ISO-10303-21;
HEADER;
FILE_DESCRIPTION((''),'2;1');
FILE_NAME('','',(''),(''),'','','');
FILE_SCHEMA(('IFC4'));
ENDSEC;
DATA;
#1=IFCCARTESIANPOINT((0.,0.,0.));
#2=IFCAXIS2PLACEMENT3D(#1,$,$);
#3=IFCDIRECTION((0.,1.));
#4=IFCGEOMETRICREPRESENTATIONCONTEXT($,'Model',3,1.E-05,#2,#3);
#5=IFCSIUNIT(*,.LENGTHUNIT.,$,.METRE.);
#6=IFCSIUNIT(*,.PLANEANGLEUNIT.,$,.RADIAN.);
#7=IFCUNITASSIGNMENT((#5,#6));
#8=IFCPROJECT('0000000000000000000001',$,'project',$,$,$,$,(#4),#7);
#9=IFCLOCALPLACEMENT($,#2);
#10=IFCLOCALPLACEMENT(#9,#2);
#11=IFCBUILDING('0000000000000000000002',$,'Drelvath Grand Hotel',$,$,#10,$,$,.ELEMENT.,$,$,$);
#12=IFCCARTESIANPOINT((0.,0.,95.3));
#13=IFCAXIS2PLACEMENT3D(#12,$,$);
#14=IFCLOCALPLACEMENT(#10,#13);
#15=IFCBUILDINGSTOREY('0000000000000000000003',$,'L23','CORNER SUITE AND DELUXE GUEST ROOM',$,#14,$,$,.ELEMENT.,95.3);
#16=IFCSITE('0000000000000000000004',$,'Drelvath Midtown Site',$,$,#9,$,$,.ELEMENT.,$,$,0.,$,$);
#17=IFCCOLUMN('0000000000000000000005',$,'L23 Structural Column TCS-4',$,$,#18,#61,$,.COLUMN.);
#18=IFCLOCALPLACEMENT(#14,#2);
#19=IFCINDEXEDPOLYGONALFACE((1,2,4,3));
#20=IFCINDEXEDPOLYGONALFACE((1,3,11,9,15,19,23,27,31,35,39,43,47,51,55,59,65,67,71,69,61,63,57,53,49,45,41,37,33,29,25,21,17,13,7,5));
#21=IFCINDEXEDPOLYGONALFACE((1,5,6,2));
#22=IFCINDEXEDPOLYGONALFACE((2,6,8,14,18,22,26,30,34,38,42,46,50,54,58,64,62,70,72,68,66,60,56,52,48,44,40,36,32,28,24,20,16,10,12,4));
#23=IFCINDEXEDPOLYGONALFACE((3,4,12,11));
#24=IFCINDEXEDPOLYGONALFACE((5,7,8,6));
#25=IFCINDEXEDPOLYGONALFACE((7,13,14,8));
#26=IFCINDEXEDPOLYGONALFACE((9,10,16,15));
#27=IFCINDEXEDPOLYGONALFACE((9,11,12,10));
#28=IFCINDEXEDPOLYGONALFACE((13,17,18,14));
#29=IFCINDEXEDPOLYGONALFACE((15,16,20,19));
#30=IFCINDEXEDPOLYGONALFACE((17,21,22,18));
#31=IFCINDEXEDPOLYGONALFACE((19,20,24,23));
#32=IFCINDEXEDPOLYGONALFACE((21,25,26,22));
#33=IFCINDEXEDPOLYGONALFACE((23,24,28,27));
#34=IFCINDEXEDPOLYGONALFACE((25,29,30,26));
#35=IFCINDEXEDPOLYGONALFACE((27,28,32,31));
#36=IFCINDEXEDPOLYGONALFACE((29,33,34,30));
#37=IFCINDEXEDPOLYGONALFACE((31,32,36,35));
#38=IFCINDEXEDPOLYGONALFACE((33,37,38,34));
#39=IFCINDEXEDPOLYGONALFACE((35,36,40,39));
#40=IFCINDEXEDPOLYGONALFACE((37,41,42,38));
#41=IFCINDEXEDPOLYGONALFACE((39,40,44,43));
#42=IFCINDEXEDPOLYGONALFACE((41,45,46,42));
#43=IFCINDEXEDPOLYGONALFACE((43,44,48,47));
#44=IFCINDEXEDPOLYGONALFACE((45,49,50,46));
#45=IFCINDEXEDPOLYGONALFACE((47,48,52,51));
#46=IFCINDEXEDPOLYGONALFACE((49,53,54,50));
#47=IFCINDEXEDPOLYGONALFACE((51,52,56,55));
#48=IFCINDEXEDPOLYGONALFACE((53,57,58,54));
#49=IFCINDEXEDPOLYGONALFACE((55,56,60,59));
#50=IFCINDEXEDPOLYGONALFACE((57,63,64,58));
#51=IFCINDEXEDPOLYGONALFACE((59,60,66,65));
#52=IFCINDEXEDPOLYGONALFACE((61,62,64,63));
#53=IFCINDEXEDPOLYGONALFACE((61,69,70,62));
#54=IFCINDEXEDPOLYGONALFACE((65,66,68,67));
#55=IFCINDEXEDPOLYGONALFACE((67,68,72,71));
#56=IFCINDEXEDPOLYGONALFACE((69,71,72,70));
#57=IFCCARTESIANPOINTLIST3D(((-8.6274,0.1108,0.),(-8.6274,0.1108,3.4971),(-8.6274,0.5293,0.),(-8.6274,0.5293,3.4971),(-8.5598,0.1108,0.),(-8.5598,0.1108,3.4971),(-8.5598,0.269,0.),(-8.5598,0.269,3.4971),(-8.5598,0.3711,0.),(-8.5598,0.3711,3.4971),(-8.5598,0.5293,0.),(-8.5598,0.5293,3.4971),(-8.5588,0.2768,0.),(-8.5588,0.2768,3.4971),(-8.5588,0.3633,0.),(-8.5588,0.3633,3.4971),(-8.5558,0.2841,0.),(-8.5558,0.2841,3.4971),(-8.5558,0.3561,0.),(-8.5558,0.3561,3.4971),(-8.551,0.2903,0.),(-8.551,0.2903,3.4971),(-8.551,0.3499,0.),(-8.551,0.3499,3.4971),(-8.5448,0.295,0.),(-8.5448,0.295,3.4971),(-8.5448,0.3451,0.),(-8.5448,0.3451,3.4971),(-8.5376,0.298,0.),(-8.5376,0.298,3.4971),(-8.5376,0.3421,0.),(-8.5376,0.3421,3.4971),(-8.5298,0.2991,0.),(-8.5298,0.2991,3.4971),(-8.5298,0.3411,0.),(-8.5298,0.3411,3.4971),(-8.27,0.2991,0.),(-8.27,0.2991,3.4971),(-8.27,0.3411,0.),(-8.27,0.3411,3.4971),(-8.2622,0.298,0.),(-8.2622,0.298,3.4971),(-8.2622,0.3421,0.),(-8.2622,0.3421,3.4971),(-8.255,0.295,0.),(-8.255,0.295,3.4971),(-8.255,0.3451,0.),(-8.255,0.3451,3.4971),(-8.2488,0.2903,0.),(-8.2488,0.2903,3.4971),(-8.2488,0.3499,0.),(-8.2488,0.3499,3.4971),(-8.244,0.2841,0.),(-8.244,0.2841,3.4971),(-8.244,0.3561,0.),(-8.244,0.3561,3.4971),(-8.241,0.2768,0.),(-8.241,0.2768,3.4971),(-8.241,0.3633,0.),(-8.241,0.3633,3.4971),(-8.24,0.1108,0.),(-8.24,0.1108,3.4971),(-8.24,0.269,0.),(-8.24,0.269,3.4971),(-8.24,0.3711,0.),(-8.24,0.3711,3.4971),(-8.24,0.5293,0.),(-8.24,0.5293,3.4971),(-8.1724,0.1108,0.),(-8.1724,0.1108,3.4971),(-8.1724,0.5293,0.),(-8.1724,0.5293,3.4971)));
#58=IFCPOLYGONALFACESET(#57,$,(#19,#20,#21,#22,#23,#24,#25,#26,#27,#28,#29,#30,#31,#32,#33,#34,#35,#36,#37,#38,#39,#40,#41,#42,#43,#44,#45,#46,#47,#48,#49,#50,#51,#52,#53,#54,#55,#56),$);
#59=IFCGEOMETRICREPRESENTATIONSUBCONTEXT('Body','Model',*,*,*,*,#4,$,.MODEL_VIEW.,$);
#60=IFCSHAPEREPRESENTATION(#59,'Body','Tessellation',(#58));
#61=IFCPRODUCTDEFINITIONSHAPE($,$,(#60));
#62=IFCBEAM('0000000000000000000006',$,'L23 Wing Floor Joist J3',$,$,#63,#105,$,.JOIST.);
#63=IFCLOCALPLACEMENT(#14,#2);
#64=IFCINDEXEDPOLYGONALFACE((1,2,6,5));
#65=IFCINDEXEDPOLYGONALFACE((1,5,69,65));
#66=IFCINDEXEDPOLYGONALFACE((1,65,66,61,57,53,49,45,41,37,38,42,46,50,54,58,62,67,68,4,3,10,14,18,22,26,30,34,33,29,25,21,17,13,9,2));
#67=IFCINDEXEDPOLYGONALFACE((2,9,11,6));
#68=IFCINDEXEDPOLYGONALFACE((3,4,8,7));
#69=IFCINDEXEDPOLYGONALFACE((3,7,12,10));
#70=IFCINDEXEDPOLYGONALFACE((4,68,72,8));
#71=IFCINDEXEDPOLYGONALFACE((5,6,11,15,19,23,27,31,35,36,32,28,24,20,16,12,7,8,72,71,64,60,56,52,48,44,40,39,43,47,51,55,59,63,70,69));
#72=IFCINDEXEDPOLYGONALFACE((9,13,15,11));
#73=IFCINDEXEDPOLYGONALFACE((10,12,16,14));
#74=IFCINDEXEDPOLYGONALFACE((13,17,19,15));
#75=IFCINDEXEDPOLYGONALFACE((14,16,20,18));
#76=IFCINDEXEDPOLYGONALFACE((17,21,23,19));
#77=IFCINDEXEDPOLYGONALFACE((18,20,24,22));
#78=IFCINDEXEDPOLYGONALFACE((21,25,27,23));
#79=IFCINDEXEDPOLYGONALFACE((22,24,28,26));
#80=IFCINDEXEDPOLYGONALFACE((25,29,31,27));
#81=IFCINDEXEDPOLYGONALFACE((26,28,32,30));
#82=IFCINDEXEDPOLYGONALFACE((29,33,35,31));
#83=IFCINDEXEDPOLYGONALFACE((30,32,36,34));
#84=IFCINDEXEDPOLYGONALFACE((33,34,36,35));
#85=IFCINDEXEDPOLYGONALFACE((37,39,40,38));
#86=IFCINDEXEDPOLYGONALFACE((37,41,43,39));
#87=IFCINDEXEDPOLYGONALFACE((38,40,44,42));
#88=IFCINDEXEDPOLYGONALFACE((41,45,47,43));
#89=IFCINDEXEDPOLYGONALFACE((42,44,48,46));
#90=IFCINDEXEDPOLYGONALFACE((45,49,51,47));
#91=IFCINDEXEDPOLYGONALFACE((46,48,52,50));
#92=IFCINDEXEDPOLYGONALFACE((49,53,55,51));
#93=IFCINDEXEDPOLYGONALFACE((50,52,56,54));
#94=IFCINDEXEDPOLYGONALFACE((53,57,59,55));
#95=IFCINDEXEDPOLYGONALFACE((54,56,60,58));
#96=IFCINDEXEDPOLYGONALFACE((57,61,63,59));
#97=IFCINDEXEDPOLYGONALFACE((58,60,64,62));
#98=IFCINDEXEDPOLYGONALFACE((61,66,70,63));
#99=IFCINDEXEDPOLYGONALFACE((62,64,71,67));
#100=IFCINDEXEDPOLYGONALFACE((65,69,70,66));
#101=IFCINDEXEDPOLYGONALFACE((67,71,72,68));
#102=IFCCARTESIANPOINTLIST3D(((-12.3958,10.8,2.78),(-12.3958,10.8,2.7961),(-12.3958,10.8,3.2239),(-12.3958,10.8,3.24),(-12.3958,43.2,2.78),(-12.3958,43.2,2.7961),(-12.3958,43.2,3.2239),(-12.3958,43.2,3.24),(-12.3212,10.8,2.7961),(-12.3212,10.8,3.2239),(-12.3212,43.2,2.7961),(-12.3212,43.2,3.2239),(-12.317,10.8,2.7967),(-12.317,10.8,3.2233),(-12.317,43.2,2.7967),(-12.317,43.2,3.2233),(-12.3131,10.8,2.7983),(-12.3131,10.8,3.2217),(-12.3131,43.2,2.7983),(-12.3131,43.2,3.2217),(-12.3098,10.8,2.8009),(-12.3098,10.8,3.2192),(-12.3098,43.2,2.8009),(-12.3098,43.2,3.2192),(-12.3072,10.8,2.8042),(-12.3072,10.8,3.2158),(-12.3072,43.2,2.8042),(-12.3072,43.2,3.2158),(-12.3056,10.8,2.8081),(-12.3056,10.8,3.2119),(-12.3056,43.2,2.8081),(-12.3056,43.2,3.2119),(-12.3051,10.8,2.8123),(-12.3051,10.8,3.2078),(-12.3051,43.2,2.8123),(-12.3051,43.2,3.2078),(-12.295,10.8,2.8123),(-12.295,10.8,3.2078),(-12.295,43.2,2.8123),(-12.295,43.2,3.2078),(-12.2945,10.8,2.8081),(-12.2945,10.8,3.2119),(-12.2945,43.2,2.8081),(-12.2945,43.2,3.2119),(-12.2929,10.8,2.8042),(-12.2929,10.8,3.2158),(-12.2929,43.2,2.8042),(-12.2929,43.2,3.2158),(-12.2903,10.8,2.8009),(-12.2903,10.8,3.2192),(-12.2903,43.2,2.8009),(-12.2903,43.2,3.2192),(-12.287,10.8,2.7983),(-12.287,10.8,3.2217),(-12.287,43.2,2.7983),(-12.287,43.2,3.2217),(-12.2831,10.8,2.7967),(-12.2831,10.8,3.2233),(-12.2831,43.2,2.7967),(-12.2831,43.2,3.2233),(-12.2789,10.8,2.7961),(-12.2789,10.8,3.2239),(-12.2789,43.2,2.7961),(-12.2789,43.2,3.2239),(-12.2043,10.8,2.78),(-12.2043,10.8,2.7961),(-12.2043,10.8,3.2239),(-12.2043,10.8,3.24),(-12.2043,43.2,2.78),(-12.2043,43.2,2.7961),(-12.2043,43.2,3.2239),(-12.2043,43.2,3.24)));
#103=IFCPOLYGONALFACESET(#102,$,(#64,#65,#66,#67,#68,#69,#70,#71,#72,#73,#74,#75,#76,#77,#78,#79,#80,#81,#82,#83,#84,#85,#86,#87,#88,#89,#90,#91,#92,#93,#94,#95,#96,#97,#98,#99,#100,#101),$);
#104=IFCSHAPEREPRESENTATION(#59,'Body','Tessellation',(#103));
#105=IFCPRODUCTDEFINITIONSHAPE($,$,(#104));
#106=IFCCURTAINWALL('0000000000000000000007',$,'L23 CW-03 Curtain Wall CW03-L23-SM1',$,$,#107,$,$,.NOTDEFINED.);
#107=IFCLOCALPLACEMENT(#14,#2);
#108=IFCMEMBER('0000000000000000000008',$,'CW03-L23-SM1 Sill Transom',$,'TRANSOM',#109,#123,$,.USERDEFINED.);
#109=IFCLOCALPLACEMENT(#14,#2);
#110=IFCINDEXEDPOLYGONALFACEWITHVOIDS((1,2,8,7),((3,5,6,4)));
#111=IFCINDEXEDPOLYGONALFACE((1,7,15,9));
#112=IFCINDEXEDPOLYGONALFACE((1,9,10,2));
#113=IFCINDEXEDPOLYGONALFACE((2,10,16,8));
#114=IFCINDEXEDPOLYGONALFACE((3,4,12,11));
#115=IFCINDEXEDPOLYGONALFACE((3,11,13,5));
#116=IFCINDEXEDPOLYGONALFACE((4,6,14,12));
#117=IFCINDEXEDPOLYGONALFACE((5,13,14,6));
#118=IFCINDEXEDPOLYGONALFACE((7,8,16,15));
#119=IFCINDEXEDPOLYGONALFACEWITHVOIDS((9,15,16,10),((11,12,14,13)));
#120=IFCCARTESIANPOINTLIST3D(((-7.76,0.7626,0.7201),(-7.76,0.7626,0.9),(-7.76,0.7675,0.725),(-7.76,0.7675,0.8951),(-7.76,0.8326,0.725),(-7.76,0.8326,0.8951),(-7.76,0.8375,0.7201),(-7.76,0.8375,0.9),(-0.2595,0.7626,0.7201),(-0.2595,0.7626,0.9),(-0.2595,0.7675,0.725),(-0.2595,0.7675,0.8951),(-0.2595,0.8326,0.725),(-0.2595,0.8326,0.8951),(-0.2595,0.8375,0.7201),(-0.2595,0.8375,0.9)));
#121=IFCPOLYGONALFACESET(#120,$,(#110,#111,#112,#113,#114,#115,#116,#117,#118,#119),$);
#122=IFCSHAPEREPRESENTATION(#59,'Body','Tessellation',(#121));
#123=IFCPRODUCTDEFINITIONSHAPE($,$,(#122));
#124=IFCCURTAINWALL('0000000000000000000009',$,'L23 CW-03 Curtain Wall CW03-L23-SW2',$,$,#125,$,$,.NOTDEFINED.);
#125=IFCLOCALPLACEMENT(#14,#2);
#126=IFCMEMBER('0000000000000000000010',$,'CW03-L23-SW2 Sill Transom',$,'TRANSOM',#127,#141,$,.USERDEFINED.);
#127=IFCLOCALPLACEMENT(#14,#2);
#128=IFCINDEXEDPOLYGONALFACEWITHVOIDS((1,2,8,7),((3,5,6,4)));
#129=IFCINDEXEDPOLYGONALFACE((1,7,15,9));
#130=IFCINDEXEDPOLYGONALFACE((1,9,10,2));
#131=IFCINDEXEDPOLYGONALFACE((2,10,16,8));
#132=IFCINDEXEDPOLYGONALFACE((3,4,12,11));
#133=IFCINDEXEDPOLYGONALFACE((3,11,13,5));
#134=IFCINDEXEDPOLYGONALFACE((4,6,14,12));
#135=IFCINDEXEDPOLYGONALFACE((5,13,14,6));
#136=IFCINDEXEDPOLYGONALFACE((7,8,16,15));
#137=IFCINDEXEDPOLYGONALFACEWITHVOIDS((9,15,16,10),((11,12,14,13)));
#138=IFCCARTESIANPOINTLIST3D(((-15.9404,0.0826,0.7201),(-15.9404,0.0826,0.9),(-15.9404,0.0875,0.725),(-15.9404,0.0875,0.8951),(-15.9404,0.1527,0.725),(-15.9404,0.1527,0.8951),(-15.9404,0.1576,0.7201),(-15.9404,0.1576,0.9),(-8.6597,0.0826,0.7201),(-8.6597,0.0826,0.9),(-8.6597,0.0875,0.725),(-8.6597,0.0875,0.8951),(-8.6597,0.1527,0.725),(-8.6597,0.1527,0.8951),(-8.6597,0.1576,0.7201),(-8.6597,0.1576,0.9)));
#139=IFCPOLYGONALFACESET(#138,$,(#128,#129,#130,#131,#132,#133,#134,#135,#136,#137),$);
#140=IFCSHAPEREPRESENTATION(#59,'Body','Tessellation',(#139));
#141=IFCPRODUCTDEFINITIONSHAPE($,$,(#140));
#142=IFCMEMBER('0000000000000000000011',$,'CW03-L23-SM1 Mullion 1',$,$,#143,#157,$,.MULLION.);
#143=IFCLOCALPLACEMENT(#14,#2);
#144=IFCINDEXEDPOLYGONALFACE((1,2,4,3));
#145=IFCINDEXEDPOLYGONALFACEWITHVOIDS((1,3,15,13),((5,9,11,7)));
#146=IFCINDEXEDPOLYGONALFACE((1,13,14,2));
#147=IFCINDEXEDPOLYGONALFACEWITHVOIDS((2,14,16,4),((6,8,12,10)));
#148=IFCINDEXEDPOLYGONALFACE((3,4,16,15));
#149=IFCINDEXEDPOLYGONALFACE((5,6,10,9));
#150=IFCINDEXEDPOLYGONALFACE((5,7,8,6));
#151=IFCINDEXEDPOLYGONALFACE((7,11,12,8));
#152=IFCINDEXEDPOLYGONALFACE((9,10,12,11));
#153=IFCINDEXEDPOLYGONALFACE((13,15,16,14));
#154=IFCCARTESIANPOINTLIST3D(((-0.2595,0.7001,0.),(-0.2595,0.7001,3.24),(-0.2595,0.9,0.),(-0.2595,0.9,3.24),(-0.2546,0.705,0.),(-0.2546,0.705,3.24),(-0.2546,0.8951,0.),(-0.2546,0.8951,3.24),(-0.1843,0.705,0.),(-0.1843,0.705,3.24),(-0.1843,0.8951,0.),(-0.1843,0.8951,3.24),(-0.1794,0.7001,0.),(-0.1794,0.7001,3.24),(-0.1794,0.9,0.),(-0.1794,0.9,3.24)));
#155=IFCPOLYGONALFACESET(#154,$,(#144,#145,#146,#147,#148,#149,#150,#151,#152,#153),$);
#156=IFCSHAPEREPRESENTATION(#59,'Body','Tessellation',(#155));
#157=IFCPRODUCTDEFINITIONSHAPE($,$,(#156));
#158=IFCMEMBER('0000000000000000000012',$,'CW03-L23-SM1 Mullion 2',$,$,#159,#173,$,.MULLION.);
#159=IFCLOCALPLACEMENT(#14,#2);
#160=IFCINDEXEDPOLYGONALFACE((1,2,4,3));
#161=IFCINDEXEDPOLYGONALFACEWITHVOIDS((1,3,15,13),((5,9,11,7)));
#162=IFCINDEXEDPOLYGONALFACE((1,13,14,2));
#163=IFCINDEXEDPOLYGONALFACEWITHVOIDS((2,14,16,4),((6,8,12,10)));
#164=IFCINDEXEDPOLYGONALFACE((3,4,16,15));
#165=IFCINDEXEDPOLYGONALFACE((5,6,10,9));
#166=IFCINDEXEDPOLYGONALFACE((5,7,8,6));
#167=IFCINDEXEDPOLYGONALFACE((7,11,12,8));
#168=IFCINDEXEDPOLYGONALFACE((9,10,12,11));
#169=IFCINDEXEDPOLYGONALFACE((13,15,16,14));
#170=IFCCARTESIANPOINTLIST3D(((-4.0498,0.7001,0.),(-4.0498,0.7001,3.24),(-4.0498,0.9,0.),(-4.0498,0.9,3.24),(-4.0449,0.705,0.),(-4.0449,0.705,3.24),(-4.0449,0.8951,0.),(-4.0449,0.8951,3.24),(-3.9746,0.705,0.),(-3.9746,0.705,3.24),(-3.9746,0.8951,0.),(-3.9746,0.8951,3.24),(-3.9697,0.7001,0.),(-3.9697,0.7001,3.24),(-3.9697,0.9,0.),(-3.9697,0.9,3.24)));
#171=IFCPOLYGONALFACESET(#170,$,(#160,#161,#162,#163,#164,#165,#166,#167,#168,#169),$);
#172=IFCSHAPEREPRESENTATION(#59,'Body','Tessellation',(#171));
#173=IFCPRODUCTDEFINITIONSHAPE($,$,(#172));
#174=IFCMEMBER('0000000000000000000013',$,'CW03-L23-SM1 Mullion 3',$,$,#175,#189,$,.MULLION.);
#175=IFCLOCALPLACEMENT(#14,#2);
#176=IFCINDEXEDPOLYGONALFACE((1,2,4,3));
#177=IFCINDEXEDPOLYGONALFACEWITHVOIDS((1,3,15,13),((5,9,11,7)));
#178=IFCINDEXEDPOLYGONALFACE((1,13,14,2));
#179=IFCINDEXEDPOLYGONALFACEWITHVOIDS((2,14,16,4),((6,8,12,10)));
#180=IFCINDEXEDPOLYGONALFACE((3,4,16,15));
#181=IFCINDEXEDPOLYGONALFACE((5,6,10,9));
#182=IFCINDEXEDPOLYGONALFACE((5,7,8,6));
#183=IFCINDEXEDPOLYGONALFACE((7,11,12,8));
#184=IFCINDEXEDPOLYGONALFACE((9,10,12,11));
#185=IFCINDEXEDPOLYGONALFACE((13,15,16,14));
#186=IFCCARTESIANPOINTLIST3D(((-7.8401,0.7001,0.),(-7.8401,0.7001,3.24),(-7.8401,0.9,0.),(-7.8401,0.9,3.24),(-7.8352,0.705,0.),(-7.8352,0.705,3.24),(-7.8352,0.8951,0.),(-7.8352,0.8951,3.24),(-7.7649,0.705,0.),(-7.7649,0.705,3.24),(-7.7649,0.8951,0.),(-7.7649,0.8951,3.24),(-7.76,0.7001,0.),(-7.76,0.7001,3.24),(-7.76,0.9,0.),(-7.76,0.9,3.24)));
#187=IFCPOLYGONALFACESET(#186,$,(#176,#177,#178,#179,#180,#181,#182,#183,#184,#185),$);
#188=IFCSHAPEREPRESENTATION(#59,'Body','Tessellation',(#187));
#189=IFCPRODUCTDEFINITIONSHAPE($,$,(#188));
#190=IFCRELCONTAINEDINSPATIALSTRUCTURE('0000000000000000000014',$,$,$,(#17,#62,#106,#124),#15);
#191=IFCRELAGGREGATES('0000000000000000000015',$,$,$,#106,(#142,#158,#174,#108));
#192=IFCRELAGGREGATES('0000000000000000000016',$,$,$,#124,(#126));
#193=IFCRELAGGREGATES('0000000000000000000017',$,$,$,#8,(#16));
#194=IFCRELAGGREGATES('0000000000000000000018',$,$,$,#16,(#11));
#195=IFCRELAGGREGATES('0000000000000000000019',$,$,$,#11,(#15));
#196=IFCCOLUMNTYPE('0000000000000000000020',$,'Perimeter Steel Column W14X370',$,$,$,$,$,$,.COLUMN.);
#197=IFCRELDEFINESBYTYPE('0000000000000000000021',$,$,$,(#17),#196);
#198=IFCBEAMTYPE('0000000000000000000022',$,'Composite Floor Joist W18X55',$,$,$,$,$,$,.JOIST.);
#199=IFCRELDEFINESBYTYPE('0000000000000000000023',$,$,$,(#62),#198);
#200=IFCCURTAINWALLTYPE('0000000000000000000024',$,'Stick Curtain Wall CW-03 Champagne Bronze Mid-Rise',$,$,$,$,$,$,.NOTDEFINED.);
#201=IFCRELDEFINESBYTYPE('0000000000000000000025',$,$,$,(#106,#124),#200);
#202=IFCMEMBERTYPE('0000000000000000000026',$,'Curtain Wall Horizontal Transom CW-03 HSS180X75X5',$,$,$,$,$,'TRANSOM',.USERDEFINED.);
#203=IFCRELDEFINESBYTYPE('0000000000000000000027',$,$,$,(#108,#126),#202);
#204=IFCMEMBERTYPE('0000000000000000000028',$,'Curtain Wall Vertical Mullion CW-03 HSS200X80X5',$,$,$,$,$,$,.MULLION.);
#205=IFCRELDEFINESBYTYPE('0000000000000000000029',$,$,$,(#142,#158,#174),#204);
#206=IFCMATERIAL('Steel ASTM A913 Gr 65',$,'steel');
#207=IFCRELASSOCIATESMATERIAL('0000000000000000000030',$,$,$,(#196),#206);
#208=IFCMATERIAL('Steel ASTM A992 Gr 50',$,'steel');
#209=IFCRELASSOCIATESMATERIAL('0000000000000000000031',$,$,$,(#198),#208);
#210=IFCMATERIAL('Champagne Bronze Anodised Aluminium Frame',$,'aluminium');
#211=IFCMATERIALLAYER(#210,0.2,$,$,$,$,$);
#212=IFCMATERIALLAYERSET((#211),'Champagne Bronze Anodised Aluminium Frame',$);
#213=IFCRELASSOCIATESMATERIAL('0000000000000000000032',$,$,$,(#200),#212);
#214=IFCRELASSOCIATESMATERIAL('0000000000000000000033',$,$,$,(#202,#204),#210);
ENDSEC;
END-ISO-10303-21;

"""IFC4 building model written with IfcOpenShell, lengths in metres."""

from ifc_helpers import new_model, si_unit, direction, frame, origin, origin_2d, place, context, subcontext, project, spatial, hollow_rectangle, i_section, extrude, material, layer, layer_set, material_profile, profile_set, type_object, element, aggregate, save


model = new_model("IFC4")

# Units and contexts
model_context = context("Model", 3, precision=1e-05, world=origin(), true_north=direction((0.0, 1.0)))
body_context = subcontext(model_context, "Body", "Model", "MODEL_VIEW")
ifc_project = project(units=[si_unit("LENGTHUNIT", "METRE"), si_unit("PLANEANGLEUNIT", "RADIAN")], contexts=[model_context])

# Site, building, storey
site_placement = place(None, origin())
site = spatial("IfcSite", under=ifc_project, at=site_placement, Name="Drelvath Midtown Site", CompositionType="ELEMENT", RefElevation=0.0)
building_placement = place(site_placement, origin())
building = spatial("IfcBuilding", under=site, at=building_placement, Name="Drelvath Grand Hotel", CompositionType="ELEMENT")
storey_placement = place(building_placement, frame((0.0, 0.0, 95.3)))
storey = spatial("IfcBuildingStorey", under=building, at=storey_placement, Name="L23", Description="CORNER SUITE AND DELUXE GUEST ROOM", CompositionType="ELEMENT", Elevation=95.3)

# Column
ifc_material_1 = material(Name="Steel ASTM A913 Gr 65", Category="steel")
ifc_material_profile_1 = material_profile(ifc_material_1, i_section(OverallWidth=0.4185, OverallDepth=0.4551, WebThickness=0.042, FlangeThickness=0.0676, FilletRadius=0.03, at=origin_2d()), Name="W14X370")
ifc_profile_set_1 = profile_set([ifc_material_profile_1], Name="Steel ASTM A913 Gr 65")
column_type = type_object("IfcColumnType", Name="Perimeter Steel Column W14X370", PredefinedType="COLUMN", material=ifc_profile_set_1)
column_placement = place(storey_placement, frame((-8.3999, 0.3201, 0.0), z_axis=(0.0, 0.0, 1.0), x_axis=(0.0, 1.0, 0.0)))
element("IfcColumn", 1, at=column_placement, inside=storey, type_object=column_type, Name="L23 Structural Column TCS-4", PredefinedType="COLUMN", context=body_context, shape_type="SweptSolid", body=[
    extrude(i_section(OverallWidth=0.4185, OverallDepth=0.4551, WebThickness=0.042, FlangeThickness=0.0676, FilletRadius=0.03, at=origin_2d()), origin(), (0.0, 0.0, 1.0), 3.4971),
])

# Beam
ifc_material_2 = material(Name="Steel ASTM A992 Gr 50", Category="steel")
ifc_material_profile_2 = material_profile(ifc_material_2, i_section(OverallWidth=0.1914, OverallDepth=0.46, WebThickness=0.01, FlangeThickness=0.0161, FilletRadius=0.0161, at=origin_2d()), Name="W18X55")
ifc_profile_set_2 = profile_set([ifc_material_profile_2], Name="Steel ASTM A992 Gr 50")
beam_type_1 = type_object("IfcBeamType", Name="Composite Floor Joist W18X55", PredefinedType="JOIST", material=ifc_profile_set_2)
beam_1_placement = place(storey_placement, frame((-12.3, 10.8, 3.01), z_axis=(0.0, 1.0, 0.0), x_axis=(-1.0, 0.0, 0.0)))
element("IfcBeam", 2, at=beam_1_placement, inside=storey, type_object=beam_type_1, Name="L23 Wing Floor Joist J3", PredefinedType="JOIST", context=body_context, shape_type="SweptSolid", body=[
    extrude(i_section(OverallWidth=0.1914, OverallDepth=0.46, WebThickness=0.01, FlangeThickness=0.0161, FilletRadius=0.0161, at=origin_2d()), origin(), (0.0, 0.0, 1.0), 32.3999),
])

# Curtain walls, members
ifc_material_3 = material(Name="Champagne Bronze Anodised Aluminium Frame", Category="aluminium")
ifc_layer_1 = layer(ifc_material_3, 0.2)
ifc_layer_set_1 = layer_set([ifc_layer_1], Name="Champagne Bronze Anodised Aluminium Frame")
curtain_wall_type = type_object("IfcCurtainWallType", Name="Stick Curtain Wall CW-03 Champagne Bronze Mid-Rise", PredefinedType="NOTDEFINED", material=ifc_layer_set_1)
curtain_wall_1_placement = place(storey_placement, origin())
curtain_wall_1 = element("IfcCurtainWall", 3, at=curtain_wall_1_placement, inside=storey, type_object=curtain_wall_type, Name="L23 CW-03 Curtain Wall CW03-L23-SM1", PredefinedType="NOTDEFINED")
ifc_material_profile_3 = material_profile(ifc_material_3, hollow_rectangle(XDim=0.075, YDim=0.1799, WallThickness=0.0049, at=origin_2d()), Name="HSS180X75X5")
ifc_profile_set_3 = profile_set([ifc_material_profile_3], Name="Champagne Bronze Anodised Aluminium Frame")
member_type_1 = type_object("IfcMemberType", Name="Curtain Wall Horizontal Transom CW-03 HSS180X75X5", ElementType="TRANSOM", PredefinedType="USERDEFINED", material=ifc_profile_set_3)
member_1_placement = place(storey_placement, frame((-0.2595, 0.8, 0.8101), z_axis=(-1.0, 0.0, 0.0), x_axis=(0.0, -1.0, 0.0)))
member_1 = element("IfcMember", 4, at=member_1_placement, type_object=member_type_1, Name="CW03-L23-SM1 Sill Transom", ObjectType="TRANSOM", PredefinedType="USERDEFINED", context=body_context, shape_type="SweptSolid", body=[
    extrude(hollow_rectangle(XDim=0.075, YDim=0.1799, WallThickness=0.0049, at=origin_2d()), origin(), (0.0, 0.0, 1.0), 7.5005),
])
curtain_wall_2_placement = place(storey_placement, origin())
curtain_wall_2 = element("IfcCurtainWall", 5, at=curtain_wall_2_placement, inside=storey, type_object=curtain_wall_type, Name="L23 CW-03 Curtain Wall CW03-L23-SW2", PredefinedType="NOTDEFINED")
member_2_placement = place(storey_placement, frame((-8.6597, 0.1201, 0.8101), z_axis=(-1.0, 0.0, 0.0), x_axis=(0.0, -1.0, 0.0)))
member_2 = element("IfcMember", 6, at=member_2_placement, type_object=member_type_1, Name="CW03-L23-SW2 Sill Transom", ObjectType="TRANSOM", PredefinedType="USERDEFINED", context=body_context, shape_type="SweptSolid", body=[
    extrude(hollow_rectangle(XDim=0.075, YDim=0.1799, WallThickness=0.0049, at=origin_2d()), origin(), (0.0, 0.0, 1.0), 7.2808),
])

# Members
ifc_material_profile_4 = material_profile(ifc_material_3, hollow_rectangle(XDim=0.0801, YDim=0.2, WallThickness=0.0049, at=origin_2d()), Name="HSS200X80X5")
ifc_profile_set_4 = profile_set([ifc_material_profile_4], Name="Champagne Bronze Anodised Aluminium Frame")
member_type_2 = type_object("IfcMemberType", Name="Curtain Wall Vertical Mullion CW-03 HSS200X80X5", PredefinedType="MULLION", material=ifc_profile_set_4)
member_3_placement = place(storey_placement, frame((-0.2195, 0.8, 0.0), z_axis=(0.0, 0.0, 1.0), x_axis=(1.0, 0.0, 0.0)))
member_3 = element("IfcMember", 7, at=member_3_placement, type_object=member_type_2, Name="CW03-L23-SM1 Mullion 1", PredefinedType="MULLION", context=body_context, shape_type="SweptSolid", body=[
    extrude(hollow_rectangle(XDim=0.0801, YDim=0.2, WallThickness=0.0049, at=origin_2d()), origin(), (0.0, 0.0, 1.0), 3.24),
])
member_4_placement = place(storey_placement, frame((-4.0098, 0.8, 0.0), z_axis=(0.0, 0.0, 1.0), x_axis=(1.0, 0.0, 0.0)))
member_4 = element("IfcMember", 8, at=member_4_placement, type_object=member_type_2, Name="CW03-L23-SM1 Mullion 2", PredefinedType="MULLION", context=body_context, shape_type="SweptSolid", body=[
    extrude(hollow_rectangle(XDim=0.0801, YDim=0.2, WallThickness=0.0049, at=origin_2d()), origin(), (0.0, 0.0, 1.0), 3.24),
])
member_5_placement = place(storey_placement, frame((-7.8, 0.8, 0.0), z_axis=(0.0, 0.0, 1.0), x_axis=(1.0, 0.0, 0.0)))
member_5 = element("IfcMember", 9, at=member_5_placement, type_object=member_type_2, Name="CW03-L23-SM1 Mullion 3", PredefinedType="MULLION", context=body_context, shape_type="SweptSolid", body=[
    extrude(hollow_rectangle(XDim=0.0801, YDim=0.2, WallThickness=0.0049, at=origin_2d()), origin(), (0.0, 0.0, 1.0), 3.24),
])

aggregate(curtain_wall_1, [member_3, member_4, member_5, member_1])
aggregate(curtain_wall_2, [member_2])

save(model, "model.ifc")
